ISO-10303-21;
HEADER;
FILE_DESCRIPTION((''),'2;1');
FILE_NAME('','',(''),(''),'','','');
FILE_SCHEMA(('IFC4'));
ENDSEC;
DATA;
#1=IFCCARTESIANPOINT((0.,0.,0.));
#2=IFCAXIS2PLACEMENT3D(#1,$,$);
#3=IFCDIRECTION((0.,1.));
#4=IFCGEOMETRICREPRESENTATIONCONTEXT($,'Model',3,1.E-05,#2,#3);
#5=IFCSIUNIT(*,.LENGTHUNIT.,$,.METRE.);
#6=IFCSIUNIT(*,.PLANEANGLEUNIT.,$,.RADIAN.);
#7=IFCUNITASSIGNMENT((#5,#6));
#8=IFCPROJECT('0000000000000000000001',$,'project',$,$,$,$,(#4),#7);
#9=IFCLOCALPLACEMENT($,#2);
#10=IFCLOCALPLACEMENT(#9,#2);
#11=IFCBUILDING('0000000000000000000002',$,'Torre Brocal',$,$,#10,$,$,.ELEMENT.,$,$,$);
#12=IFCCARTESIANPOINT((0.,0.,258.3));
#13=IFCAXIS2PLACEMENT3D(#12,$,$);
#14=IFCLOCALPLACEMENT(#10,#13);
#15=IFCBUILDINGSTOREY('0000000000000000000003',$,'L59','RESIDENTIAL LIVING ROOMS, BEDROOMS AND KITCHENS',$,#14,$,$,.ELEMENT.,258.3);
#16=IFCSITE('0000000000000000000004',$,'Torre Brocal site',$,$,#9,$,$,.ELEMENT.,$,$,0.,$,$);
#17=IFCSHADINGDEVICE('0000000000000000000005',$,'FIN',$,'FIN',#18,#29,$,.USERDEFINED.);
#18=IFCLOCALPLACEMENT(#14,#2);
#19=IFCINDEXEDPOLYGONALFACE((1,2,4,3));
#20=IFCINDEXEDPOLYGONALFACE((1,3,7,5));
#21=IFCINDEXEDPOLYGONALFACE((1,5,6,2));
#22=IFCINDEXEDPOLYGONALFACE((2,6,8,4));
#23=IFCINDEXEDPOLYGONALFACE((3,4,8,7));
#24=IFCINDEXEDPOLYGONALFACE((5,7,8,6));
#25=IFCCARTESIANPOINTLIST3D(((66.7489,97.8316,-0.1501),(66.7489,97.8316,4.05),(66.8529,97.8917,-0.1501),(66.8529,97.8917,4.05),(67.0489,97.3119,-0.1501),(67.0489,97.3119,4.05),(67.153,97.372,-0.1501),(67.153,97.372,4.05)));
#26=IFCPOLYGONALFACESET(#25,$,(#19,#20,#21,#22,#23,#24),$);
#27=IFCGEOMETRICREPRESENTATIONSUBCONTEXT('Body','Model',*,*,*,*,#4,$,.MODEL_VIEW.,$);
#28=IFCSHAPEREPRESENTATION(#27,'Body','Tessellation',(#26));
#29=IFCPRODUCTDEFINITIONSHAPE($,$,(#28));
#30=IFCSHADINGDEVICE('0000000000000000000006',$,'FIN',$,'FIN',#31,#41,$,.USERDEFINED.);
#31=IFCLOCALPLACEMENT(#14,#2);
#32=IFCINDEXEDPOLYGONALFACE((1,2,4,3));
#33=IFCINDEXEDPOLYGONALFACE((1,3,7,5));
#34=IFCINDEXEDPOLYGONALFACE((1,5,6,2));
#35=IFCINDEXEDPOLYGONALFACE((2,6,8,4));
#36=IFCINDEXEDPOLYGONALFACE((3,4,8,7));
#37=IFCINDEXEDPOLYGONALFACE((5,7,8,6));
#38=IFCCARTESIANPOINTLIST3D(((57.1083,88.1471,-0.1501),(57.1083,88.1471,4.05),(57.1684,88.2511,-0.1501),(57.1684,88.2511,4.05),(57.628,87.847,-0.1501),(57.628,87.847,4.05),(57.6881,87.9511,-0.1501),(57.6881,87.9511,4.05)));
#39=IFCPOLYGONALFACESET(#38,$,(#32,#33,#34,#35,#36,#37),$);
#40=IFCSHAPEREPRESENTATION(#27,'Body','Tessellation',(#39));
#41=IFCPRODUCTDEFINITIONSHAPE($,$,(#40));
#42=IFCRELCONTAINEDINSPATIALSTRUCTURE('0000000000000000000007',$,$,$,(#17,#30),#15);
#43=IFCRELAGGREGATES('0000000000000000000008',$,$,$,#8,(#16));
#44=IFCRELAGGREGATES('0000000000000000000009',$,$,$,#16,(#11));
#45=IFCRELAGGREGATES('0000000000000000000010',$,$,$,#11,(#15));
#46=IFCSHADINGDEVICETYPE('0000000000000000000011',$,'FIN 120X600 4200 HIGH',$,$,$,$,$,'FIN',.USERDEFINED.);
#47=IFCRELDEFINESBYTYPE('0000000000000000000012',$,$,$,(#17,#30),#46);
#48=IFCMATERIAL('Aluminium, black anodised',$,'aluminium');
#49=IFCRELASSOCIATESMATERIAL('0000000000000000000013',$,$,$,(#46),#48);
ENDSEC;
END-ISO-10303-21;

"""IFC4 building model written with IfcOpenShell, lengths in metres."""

from ifc_helpers import new_model, si_unit, direction, frame, origin, origin_2d, place, context, subcontext, project, spatial, rectangle, extrude, material, material_profile, profile_set, type_object, element, save


model = new_model("IFC4")

# Units and contexts
model_context = context("Model", 3, precision=1e-05, world=origin(), true_north=direction((0.0, 1.0)))
body_context = subcontext(model_context, "Body", "Model", "MODEL_VIEW")
ifc_project = project(units=[si_unit("LENGTHUNIT", "METRE"), si_unit("PLANEANGLEUNIT", "RADIAN")], contexts=[model_context])

# Site, building, storey
site_placement = place(None, origin())
site = spatial("IfcSite", under=ifc_project, at=site_placement, Name="Torre Brocal site", CompositionType="ELEMENT", RefElevation=0.0)
building_placement = place(site_placement, origin())
building = spatial("IfcBuilding", under=site, at=building_placement, Name="Torre Brocal", CompositionType="ELEMENT")
storey_placement = place(building_placement, frame((0.0, 0.0, 258.3)))
storey = spatial("IfcBuildingStorey", under=building, at=storey_placement, Name="L59", Description="RESIDENTIAL LIVING ROOMS, BEDROOMS AND KITCHENS", CompositionType="ELEMENT", Elevation=258.3)

# Shading devices
ifc_material_1 = material(Name="Aluminium, black anodised", Category="aluminium")
ifc_material_profile_1 = material_profile(ifc_material_1, rectangle(XDim=0.1201, YDim=0.6001, at=origin_2d()), Name="FIN 120X600 4200 HIGH")
ifc_profile_set_1 = profile_set([ifc_material_profile_1], Name="Aluminium, black anodised")
shading_device_type = type_object("IfcShadingDeviceType", Name="FIN 120X600 4200 HIGH", ElementType="FIN", PredefinedType="USERDEFINED", material=ifc_profile_set_1)
for number, where, z_axis, x_axis, name in (
    (1, (66.9509, 97.6018, -0.1501), (0.0, 0.0, 1.0), (-0.866025, -0.5, 0.0), "FIN"),
    (2, (57.3982, 88.0491, -0.1501), (0.0, 0.0, 1.0), (-0.5, -0.866025, 0.0), "FIN"),
):
    element("IfcShadingDevice", number, at=place(storey_placement, frame(where, z_axis=z_axis, x_axis=x_axis)), inside=storey, type_object=shading_device_type, Name=name, ObjectType="FIN", PredefinedType="USERDEFINED", context=body_context, shape_type="SweptSolid", body=[
        extrude(rectangle(XDim=0.1201, YDim=0.6001, at=origin_2d()), origin(), (0.0, 0.0, 1.0), 4.2002),
    ])

save(model, "model.ifc")
